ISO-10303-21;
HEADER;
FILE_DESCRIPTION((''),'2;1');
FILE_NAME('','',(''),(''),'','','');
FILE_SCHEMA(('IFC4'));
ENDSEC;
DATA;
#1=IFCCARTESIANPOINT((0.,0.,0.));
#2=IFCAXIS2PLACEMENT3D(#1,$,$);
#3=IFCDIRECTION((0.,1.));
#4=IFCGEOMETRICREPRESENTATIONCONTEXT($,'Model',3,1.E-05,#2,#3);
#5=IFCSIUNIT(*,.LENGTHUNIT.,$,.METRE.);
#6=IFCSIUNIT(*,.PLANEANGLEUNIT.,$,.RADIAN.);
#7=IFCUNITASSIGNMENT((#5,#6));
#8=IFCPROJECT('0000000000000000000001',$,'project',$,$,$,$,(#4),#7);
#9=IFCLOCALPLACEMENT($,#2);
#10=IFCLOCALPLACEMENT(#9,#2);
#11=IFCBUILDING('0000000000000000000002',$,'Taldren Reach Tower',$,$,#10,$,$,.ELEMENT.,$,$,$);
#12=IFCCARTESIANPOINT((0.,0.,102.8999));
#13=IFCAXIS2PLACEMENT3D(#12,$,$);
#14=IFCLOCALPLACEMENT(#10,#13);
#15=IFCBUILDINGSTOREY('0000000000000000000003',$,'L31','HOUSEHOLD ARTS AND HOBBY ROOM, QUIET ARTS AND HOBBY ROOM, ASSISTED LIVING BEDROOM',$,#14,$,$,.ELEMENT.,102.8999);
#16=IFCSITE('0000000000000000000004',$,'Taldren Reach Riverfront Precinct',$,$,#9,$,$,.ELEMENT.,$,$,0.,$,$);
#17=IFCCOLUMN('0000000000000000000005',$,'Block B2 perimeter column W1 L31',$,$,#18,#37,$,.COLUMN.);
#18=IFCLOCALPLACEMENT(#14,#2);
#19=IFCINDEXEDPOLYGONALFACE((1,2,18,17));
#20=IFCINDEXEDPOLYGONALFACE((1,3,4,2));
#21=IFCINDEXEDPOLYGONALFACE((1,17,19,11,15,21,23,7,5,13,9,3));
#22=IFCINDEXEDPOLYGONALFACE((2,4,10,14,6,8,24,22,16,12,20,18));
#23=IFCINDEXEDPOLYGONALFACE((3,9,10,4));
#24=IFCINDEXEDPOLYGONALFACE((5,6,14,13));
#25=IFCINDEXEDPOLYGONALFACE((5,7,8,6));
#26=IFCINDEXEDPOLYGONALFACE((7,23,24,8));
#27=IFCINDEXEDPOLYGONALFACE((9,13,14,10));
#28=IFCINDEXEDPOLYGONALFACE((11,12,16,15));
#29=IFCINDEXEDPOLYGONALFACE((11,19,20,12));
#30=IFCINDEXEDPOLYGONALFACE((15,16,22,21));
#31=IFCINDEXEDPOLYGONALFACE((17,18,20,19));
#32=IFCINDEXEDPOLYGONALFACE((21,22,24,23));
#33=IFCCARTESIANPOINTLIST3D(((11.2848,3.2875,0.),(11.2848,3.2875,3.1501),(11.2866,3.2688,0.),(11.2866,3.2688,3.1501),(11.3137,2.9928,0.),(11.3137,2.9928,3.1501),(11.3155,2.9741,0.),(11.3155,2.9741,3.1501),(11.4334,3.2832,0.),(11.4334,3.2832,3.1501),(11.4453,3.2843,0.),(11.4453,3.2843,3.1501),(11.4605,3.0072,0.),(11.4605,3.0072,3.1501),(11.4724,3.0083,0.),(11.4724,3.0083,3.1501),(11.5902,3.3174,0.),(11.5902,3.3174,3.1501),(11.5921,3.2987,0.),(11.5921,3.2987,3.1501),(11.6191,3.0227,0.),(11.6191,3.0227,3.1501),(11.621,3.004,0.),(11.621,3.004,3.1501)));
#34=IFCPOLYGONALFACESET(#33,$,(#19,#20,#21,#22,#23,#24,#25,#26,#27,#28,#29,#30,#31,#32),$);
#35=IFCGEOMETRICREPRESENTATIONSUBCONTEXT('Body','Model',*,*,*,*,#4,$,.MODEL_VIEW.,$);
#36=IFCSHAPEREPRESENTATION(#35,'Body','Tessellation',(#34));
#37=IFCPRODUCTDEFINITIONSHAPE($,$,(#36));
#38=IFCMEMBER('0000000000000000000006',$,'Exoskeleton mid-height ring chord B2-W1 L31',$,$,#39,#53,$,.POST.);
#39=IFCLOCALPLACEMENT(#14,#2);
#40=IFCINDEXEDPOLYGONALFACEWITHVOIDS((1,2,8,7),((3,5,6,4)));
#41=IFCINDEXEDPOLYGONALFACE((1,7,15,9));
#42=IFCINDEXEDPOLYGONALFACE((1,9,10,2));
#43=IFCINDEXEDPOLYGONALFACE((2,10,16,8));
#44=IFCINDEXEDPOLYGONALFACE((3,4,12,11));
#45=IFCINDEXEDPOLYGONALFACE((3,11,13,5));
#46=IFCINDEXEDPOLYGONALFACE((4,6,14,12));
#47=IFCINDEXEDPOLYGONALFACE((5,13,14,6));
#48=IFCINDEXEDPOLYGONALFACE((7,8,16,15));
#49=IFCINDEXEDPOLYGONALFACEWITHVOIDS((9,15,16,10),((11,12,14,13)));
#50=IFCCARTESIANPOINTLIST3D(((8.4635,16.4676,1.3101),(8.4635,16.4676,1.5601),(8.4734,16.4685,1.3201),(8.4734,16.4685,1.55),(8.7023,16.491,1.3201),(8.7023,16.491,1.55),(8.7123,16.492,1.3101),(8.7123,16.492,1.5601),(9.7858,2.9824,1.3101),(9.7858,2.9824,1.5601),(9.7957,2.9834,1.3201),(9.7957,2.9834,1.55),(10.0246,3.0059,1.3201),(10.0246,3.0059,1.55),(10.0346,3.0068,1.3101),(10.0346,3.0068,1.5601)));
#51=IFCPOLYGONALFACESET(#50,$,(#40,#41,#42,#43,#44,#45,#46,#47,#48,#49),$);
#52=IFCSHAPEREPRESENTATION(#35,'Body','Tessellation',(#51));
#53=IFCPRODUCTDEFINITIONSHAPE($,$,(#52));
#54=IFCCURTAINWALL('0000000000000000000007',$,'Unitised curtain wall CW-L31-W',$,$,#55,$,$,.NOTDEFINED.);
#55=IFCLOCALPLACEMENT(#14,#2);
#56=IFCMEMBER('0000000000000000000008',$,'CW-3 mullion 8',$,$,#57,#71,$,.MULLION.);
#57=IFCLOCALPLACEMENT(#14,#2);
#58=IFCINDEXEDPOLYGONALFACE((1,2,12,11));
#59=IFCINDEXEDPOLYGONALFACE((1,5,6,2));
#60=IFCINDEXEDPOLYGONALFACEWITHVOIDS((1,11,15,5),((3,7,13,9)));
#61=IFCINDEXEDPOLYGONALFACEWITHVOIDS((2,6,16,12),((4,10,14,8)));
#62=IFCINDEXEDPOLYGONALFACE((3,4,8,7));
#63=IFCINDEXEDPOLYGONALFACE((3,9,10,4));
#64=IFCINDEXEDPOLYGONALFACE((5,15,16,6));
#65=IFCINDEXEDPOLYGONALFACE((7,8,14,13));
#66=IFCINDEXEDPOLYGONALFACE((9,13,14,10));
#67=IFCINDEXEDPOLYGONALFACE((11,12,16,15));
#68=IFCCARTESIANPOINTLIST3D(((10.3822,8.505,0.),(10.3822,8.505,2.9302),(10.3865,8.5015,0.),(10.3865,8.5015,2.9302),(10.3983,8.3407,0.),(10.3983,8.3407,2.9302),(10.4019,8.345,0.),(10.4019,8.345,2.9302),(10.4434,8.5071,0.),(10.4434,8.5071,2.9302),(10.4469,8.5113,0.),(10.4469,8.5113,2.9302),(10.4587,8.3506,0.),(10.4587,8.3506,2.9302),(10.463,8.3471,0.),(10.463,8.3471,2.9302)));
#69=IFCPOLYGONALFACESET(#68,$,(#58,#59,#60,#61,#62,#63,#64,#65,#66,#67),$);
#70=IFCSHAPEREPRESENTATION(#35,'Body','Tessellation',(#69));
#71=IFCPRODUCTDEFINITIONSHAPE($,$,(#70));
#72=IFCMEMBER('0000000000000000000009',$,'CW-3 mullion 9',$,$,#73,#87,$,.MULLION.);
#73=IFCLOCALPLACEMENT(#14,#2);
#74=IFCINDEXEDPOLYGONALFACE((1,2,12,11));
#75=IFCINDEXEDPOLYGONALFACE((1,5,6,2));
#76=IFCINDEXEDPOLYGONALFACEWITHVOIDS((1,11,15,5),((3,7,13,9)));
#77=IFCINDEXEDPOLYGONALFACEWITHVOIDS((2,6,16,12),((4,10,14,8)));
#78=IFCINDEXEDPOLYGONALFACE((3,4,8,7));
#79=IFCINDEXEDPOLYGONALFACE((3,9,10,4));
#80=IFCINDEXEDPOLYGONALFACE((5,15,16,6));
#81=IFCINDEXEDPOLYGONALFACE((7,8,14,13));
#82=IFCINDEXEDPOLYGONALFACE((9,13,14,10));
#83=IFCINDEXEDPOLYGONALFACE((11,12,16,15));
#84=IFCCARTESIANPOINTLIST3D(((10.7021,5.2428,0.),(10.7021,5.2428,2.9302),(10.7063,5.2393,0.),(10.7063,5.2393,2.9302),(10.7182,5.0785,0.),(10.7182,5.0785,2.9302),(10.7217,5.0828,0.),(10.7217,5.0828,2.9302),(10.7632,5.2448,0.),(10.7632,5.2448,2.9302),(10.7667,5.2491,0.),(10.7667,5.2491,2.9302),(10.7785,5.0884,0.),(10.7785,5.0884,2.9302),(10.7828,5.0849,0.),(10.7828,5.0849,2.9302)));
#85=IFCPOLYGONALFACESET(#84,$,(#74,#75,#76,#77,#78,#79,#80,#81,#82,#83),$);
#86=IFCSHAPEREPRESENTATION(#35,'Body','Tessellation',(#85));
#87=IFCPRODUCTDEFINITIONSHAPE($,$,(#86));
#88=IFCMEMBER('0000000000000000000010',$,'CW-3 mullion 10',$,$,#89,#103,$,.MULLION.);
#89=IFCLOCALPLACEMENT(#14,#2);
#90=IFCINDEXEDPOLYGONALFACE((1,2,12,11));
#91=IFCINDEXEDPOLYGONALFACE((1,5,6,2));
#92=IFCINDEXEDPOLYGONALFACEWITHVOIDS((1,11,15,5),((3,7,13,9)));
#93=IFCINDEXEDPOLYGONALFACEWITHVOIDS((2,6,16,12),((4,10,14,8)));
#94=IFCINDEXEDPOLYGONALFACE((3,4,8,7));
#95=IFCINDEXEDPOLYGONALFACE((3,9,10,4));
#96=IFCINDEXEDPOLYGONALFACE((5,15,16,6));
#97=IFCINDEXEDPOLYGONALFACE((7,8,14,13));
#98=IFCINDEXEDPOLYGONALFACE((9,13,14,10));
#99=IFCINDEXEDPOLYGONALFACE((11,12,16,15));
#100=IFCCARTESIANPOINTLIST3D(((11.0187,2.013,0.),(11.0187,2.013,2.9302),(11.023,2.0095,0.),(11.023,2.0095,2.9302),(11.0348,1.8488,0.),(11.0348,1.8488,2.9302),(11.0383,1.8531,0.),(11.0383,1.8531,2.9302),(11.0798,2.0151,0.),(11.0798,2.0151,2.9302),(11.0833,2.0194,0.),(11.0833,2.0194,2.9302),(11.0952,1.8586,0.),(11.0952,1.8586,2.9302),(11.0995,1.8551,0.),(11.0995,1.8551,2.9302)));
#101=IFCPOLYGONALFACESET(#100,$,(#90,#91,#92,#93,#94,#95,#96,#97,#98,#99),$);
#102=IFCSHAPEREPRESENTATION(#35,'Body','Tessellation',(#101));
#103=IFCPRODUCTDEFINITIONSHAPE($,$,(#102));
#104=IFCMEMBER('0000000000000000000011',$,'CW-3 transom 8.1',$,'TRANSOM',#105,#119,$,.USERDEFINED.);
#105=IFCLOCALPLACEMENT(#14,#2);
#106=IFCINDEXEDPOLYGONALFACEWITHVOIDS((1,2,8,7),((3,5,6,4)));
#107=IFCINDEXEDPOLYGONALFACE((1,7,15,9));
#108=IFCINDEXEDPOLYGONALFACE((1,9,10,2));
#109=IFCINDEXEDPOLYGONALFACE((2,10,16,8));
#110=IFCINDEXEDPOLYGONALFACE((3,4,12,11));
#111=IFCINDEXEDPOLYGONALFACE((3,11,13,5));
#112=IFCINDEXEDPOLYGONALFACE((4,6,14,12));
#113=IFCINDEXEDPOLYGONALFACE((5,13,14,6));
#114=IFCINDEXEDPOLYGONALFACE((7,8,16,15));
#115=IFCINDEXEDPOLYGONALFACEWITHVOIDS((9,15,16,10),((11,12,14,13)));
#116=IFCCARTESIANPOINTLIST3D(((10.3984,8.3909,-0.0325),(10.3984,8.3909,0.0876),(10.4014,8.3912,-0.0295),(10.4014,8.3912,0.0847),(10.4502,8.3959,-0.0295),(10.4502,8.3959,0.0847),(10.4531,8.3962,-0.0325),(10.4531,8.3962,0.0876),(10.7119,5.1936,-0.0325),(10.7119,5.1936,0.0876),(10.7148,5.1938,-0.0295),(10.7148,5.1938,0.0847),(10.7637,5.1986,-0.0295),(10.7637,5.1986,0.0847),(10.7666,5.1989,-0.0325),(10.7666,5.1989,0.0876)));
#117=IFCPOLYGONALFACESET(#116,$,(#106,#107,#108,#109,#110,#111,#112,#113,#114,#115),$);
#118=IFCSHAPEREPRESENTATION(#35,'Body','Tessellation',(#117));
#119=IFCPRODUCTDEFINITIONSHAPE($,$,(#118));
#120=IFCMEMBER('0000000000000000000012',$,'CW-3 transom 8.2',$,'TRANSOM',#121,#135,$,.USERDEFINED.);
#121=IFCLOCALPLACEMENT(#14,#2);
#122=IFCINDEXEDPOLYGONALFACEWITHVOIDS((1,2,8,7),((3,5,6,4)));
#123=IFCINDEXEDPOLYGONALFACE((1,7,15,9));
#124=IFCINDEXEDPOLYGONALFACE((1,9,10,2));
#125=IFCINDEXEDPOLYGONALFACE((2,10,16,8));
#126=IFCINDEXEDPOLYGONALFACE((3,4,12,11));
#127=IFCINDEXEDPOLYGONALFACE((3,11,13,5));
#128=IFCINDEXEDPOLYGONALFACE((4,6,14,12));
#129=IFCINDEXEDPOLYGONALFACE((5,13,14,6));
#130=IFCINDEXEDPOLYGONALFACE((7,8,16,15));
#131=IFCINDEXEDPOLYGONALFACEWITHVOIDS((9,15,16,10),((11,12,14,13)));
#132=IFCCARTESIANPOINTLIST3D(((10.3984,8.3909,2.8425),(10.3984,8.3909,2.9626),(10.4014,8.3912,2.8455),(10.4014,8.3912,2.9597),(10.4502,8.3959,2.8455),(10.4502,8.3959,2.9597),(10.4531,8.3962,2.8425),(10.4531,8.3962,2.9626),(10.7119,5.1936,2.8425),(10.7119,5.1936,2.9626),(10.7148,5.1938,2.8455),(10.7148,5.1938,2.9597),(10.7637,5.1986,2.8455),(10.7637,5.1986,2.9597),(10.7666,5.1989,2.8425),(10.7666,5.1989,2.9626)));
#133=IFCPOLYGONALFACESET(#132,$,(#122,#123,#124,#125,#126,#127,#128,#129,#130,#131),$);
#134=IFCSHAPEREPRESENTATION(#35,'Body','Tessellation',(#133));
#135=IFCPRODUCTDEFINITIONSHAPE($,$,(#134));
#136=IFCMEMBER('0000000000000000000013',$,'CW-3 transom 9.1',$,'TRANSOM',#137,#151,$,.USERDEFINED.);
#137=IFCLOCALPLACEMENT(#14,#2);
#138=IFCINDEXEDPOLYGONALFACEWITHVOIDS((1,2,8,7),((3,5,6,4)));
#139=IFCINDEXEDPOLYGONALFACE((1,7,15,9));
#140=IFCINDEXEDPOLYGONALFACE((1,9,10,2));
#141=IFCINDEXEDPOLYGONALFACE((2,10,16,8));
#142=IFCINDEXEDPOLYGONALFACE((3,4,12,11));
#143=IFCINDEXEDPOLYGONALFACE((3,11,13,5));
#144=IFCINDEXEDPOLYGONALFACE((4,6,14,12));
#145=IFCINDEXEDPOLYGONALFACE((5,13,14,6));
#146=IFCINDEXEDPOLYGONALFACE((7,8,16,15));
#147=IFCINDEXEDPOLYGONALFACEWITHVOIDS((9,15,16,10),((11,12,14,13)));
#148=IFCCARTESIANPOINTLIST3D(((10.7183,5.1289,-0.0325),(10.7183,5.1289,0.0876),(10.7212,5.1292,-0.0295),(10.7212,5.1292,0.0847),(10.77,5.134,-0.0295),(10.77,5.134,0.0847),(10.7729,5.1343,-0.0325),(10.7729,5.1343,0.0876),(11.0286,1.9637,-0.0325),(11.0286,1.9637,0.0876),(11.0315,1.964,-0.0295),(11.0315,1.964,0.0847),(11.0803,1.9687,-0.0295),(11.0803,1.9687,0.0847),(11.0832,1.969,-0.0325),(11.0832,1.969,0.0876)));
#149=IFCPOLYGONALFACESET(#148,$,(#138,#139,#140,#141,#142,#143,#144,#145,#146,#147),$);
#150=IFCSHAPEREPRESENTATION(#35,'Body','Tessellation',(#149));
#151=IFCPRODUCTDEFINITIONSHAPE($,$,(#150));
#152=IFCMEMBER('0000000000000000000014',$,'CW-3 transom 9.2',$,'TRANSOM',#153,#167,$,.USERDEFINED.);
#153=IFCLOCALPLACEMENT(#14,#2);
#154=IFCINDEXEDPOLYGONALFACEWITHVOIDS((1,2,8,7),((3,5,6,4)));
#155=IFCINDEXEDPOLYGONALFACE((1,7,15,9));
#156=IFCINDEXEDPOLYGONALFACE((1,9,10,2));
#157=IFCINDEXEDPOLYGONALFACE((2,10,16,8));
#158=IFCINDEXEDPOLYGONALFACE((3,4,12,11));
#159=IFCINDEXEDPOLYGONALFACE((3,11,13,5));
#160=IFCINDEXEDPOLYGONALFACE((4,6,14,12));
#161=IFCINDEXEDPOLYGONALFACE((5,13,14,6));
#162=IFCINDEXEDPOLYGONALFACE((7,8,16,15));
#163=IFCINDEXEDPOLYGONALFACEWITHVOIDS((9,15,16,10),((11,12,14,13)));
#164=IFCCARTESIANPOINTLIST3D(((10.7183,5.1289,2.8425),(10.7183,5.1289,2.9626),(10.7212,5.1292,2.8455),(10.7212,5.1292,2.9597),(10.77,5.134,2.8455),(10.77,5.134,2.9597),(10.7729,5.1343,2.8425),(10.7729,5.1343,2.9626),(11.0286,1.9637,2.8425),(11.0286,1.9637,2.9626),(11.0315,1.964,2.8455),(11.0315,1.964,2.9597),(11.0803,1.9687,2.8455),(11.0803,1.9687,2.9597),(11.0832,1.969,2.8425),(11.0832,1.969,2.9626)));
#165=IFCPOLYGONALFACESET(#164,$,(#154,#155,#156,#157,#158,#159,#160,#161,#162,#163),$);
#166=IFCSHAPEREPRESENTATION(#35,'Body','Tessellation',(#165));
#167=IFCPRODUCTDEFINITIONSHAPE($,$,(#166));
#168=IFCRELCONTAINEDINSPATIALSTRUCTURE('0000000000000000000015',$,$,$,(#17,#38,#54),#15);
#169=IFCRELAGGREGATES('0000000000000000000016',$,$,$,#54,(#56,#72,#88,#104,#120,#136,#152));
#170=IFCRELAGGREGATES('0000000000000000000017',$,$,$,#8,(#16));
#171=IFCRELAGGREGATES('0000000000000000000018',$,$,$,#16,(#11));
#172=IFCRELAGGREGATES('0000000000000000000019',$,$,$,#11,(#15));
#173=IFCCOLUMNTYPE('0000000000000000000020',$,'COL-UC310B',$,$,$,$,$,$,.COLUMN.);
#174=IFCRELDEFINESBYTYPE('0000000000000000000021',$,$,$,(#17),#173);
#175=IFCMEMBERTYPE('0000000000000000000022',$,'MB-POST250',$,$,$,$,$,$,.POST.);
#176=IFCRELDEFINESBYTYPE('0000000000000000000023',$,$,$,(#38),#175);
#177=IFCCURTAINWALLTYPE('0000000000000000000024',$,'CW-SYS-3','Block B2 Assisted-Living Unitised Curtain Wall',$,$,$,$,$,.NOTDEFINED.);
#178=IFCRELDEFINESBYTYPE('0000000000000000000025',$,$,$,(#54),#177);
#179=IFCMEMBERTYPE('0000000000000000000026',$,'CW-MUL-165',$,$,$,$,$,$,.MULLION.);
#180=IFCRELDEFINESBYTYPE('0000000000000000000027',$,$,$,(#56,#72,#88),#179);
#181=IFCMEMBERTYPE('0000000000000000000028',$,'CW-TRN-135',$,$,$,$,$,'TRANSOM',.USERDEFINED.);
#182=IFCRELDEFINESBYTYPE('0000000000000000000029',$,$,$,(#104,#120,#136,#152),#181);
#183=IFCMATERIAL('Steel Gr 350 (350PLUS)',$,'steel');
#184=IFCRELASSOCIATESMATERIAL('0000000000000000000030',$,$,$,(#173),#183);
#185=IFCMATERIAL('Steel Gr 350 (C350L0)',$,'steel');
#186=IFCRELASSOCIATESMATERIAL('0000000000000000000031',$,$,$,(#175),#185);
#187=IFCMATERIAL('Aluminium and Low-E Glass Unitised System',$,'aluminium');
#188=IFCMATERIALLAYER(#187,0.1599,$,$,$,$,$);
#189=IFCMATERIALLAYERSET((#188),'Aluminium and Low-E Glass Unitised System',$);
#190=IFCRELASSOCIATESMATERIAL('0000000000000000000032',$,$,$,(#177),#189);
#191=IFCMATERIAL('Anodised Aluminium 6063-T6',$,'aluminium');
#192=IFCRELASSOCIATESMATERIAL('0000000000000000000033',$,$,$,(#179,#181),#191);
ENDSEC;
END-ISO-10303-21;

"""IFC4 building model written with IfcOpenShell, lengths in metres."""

from ifc_helpers import new_model, si_unit, direction, frame, origin, origin_2d, place, context, subcontext, project, spatial, hollow_rectangle, i_section, extrude, source, transform, mapped, material, layer, layer_set, material_profile, profile_set, type_object, element, aggregate, save


model = new_model("IFC4")

# Units and contexts
model_context = context("Model", 3, precision=1e-05, world=origin(), true_north=direction((0.0, 1.0)))
body_context = subcontext(model_context, "Body", "Model", "MODEL_VIEW")
ifc_project = project(units=[si_unit("LENGTHUNIT", "METRE"), si_unit("PLANEANGLEUNIT", "RADIAN")], contexts=[model_context])

# Site, building, storey
site_placement = place(None, origin())
site = spatial("IfcSite", under=ifc_project, at=site_placement, Name="Taldren Reach Riverfront Precinct", CompositionType="ELEMENT", RefElevation=0.0)
building_placement = place(site_placement, origin())
building = spatial("IfcBuilding", under=site, at=building_placement, Name="Taldren Reach Tower", CompositionType="ELEMENT")
storey_placement = place(building_placement, frame((0.0, 0.0, 102.8999)))
storey = spatial("IfcBuildingStorey", under=building, at=storey_placement, Name="L31", Description="HOUSEHOLD ARTS AND HOBBY ROOM, QUIET ARTS AND HOBBY ROOM, ASSISTED LIVING BEDROOM", CompositionType="ELEMENT", Elevation=102.8999)

# Column
ifc_material_1 = material(Name="Steel Gr 350 (350PLUS)", Category="steel")
ifc_material_profile_1 = material_profile(ifc_material_1, i_section(OverallWidth=0.3069, OverallDepth=0.3149, WebThickness=0.012, FlangeThickness=0.0188, at=origin_2d()), Name="310UC118")
ifc_profile_set_1 = profile_set([ifc_material_profile_1], Name="Steel Gr 350 (350PLUS)")
column_type = type_object("IfcColumnType", Name="COL-UC310B", PredefinedType="COLUMN", material=ifc_profile_set_1)
shared_shape_1 = source(origin(), body_context, "Body", "SweptSolid", [
    extrude(i_section(OverallWidth=0.3069, OverallDepth=0.3149, WebThickness=0.012, FlangeThickness=0.0188, at=origin_2d()), origin(), (0.0, 0.0, 1.0), 3.1501),
])
column_placement = place(storey_placement, frame((11.4529, 3.1458, 0.0), z_axis=(0.0, 0.0, 1.0), x_axis=(0.995227, 0.097583, 0.0)))
element("IfcColumn", 1, at=column_placement, inside=storey, type_object=column_type, Name="Block B2 perimeter column W1 L31", PredefinedType="COLUMN", context=body_context, shape_type="MappedRepresentation", body=[
    mapped(shared_shape_1, transform((0.0, 0.0, 0.0), scale=1.0)),
])

# Member
ifc_material_2 = material(Name="Steel Gr 350 (C350L0)", Category="steel")
ifc_material_profile_2 = material_profile(ifc_material_2, hollow_rectangle(XDim=0.25, YDim=0.25, WallThickness=0.01, at=origin_2d()), Name="250x250x10.0SHS")
ifc_profile_set_2 = profile_set([ifc_material_profile_2], Name="Steel Gr 350 (C350L0)")
member_type_1 = type_object("IfcMemberType", Name="MB-POST250", PredefinedType="POST", material=ifc_profile_set_2)
shared_shape_2 = source(origin(), body_context, "Body", "SweptSolid", [
    extrude(hollow_rectangle(XDim=0.25, YDim=0.25, WallThickness=0.01, at=origin_2d()), origin(), (0.0, 0.0, 1.0), 13.5498),
])
member_1_placement = place(storey_placement, frame((9.9102, 2.9946, 1.4351), z_axis=(-0.097586, 0.995227, 0.0), x_axis=(-0.995227, -0.097586, 0.0)))
element("IfcMember", 2, at=member_1_placement, inside=storey, type_object=member_type_1, Name="Exoskeleton mid-height ring chord B2-W1 L31", PredefinedType="POST", context=body_context, shape_type="MappedRepresentation", body=[
    mapped(shared_shape_2, transform((0.0, 0.0, 0.0), scale=1.0)),
])

# Curtain wall, members
ifc_material_3 = material(Name="Aluminium and Low-E Glass Unitised System", Category="aluminium")
ifc_layer_1 = layer(ifc_material_3, 0.1599)
ifc_layer_set_1 = layer_set([ifc_layer_1], Name="Aluminium and Low-E Glass Unitised System")
curtain_wall_type = type_object("IfcCurtainWallType", Name="CW-SYS-3", Description="Block B2 Assisted-Living Unitised Curtain Wall", PredefinedType="NOTDEFINED", material=ifc_layer_set_1)
curtain_wall_placement = place(storey_placement, origin())
curtain_wall = element("IfcCurtainWall", 3, at=curtain_wall_placement, inside=storey, type_object=curtain_wall_type, Name="Unitised curtain wall CW-L31-W", PredefinedType="NOTDEFINED")
ifc_material_4 = material(Name="Anodised Aluminium 6063-T6", Category="aluminium")
ifc_material_profile_3 = material_profile(ifc_material_4, hollow_rectangle(XDim=0.0649, YDim=0.165, WallThickness=0.0039, at=origin_2d()), Name="ALU-165x65x4RHS")
ifc_profile_set_3 = profile_set([ifc_material_profile_3], Name="Anodised Aluminium 6063-T6")
member_type_2 = type_object("IfcMemberType", Name="CW-MUL-165", PredefinedType="MULLION", material=ifc_profile_set_3)
shared_shape_3 = source(origin(), body_context, "Body", "SweptSolid", [
    extrude(hollow_rectangle(XDim=0.0649, YDim=0.165, WallThickness=0.0039, at=origin_2d()), origin(), (0.0, 0.0, 1.0), 2.9302),
])
member_2_placement = place(storey_placement, frame((10.4226, 8.426, 0.0), z_axis=(0.0, 0.0, 1.0), x_axis=(0.995227, 0.097583, 0.0)))
member_2 = element("IfcMember", 4, at=member_2_placement, type_object=member_type_2, Name="CW-3 mullion 8", PredefinedType="MULLION", context=body_context, shape_type="MappedRepresentation", body=[
    mapped(shared_shape_3, transform((0.0, 0.0, 0.0), scale=1.0)),
])
member_3_placement = place(storey_placement, frame((10.7424, 5.1638, 0.0), z_axis=(0.0, 0.0, 1.0), x_axis=(0.995227, 0.097583, 0.0)))
member_3 = element("IfcMember", 5, at=member_3_placement, type_object=member_type_2, Name="CW-3 mullion 9", PredefinedType="MULLION", context=body_context, shape_type="MappedRepresentation", body=[
    mapped(shared_shape_3, transform((0.0, 0.0, 0.0), scale=1.0)),
])
member_4_placement = place(storey_placement, frame((11.0591, 1.9341, 0.0), z_axis=(0.0, 0.0, 1.0), x_axis=(0.995227, 0.097583, 0.0)))
member_4 = element("IfcMember", 6, at=member_4_placement, type_object=member_type_2, Name="CW-3 mullion 10", PredefinedType="MULLION", context=body_context, shape_type="MappedRepresentation", body=[
    mapped(shared_shape_3, transform((0.0, 0.0, 0.0), scale=1.0)),
])
ifc_material_profile_4 = material_profile(ifc_material_4, hollow_rectangle(XDim=0.0549, YDim=0.1201, WallThickness=0.0029, at=origin_2d()), Name="ALU-120x55x3RHS")
ifc_profile_set_4 = profile_set([ifc_material_profile_4], Name="Anodised Aluminium 6063-T6")
member_type_3 = type_object("IfcMemberType", Name="CW-TRN-135", ElementType="TRANSOM", PredefinedType="USERDEFINED", material=ifc_profile_set_4)
shared_shape_4 = source(origin(), body_context, "Body", "SweptSolid", [
    extrude(hollow_rectangle(XDim=0.0549, YDim=0.1201, WallThickness=0.0029, at=origin_2d()), origin(), (0.0, 0.0, 1.0), 3.2126),
])
member_5_placement = place(storey_placement, frame((10.4258, 8.3936, 0.0276), z_axis=(0.097577, -0.995228, 0.0), x_axis=(0.995228, 0.097577, 0.0)))
member_5 = element("IfcMember", 7, at=member_5_placement, type_object=member_type_3, Name="CW-3 transom 8.1", ObjectType="TRANSOM", PredefinedType="USERDEFINED", context=body_context, shape_type="MappedRepresentation", body=[
    mapped(shared_shape_4, transform((0.0, 0.0, 0.0), scale=1.0)),
])
member_6_placement = place(storey_placement, frame((10.4258, 8.3936, 2.9026), z_axis=(0.097577, -0.995228, 0.0), x_axis=(0.995228, 0.097577, 0.0)))
member_6 = element("IfcMember", 8, at=member_6_placement, type_object=member_type_3, Name="CW-3 transom 8.2", ObjectType="TRANSOM", PredefinedType="USERDEFINED", context=body_context, shape_type="MappedRepresentation", body=[
    mapped(shared_shape_4, transform((0.0, 0.0, 0.0), scale=1.0)),
])
shared_shape_5 = source(origin(), body_context, "Body", "SweptSolid", [
    extrude(hollow_rectangle(XDim=0.0549, YDim=0.1201, WallThickness=0.0029, at=origin_2d()), origin(), (0.0, 0.0, 1.0), 3.1804),
])
member_7_placement = place(storey_placement, frame((10.7456, 5.1316, 0.0276), z_axis=(0.097565, -0.995229, 0.0), x_axis=(0.995229, 0.097565, 0.0)))
member_7 = element("IfcMember", 9, at=member_7_placement, type_object=member_type_3, Name="CW-3 transom 9.1", ObjectType="TRANSOM", PredefinedType="USERDEFINED", context=body_context, shape_type="MappedRepresentation", body=[
    mapped(shared_shape_5, transform((0.0, 0.0, 0.0), scale=1.0)),
])
member_8_placement = place(storey_placement, frame((10.7456, 5.1316, 2.9026), z_axis=(0.097565, -0.995229, 0.0), x_axis=(0.995229, 0.097565, 0.0)))
member_8 = element("IfcMember", 10, at=member_8_placement, type_object=member_type_3, Name="CW-3 transom 9.2", ObjectType="TRANSOM", PredefinedType="USERDEFINED", context=body_context, shape_type="MappedRepresentation", body=[
    mapped(shared_shape_5, transform((0.0, 0.0, 0.0), scale=1.0)),
])

aggregate(curtain_wall, [member_2, member_3, member_4, member_5, member_6, member_7, member_8])

save(model, "model.ifc")
